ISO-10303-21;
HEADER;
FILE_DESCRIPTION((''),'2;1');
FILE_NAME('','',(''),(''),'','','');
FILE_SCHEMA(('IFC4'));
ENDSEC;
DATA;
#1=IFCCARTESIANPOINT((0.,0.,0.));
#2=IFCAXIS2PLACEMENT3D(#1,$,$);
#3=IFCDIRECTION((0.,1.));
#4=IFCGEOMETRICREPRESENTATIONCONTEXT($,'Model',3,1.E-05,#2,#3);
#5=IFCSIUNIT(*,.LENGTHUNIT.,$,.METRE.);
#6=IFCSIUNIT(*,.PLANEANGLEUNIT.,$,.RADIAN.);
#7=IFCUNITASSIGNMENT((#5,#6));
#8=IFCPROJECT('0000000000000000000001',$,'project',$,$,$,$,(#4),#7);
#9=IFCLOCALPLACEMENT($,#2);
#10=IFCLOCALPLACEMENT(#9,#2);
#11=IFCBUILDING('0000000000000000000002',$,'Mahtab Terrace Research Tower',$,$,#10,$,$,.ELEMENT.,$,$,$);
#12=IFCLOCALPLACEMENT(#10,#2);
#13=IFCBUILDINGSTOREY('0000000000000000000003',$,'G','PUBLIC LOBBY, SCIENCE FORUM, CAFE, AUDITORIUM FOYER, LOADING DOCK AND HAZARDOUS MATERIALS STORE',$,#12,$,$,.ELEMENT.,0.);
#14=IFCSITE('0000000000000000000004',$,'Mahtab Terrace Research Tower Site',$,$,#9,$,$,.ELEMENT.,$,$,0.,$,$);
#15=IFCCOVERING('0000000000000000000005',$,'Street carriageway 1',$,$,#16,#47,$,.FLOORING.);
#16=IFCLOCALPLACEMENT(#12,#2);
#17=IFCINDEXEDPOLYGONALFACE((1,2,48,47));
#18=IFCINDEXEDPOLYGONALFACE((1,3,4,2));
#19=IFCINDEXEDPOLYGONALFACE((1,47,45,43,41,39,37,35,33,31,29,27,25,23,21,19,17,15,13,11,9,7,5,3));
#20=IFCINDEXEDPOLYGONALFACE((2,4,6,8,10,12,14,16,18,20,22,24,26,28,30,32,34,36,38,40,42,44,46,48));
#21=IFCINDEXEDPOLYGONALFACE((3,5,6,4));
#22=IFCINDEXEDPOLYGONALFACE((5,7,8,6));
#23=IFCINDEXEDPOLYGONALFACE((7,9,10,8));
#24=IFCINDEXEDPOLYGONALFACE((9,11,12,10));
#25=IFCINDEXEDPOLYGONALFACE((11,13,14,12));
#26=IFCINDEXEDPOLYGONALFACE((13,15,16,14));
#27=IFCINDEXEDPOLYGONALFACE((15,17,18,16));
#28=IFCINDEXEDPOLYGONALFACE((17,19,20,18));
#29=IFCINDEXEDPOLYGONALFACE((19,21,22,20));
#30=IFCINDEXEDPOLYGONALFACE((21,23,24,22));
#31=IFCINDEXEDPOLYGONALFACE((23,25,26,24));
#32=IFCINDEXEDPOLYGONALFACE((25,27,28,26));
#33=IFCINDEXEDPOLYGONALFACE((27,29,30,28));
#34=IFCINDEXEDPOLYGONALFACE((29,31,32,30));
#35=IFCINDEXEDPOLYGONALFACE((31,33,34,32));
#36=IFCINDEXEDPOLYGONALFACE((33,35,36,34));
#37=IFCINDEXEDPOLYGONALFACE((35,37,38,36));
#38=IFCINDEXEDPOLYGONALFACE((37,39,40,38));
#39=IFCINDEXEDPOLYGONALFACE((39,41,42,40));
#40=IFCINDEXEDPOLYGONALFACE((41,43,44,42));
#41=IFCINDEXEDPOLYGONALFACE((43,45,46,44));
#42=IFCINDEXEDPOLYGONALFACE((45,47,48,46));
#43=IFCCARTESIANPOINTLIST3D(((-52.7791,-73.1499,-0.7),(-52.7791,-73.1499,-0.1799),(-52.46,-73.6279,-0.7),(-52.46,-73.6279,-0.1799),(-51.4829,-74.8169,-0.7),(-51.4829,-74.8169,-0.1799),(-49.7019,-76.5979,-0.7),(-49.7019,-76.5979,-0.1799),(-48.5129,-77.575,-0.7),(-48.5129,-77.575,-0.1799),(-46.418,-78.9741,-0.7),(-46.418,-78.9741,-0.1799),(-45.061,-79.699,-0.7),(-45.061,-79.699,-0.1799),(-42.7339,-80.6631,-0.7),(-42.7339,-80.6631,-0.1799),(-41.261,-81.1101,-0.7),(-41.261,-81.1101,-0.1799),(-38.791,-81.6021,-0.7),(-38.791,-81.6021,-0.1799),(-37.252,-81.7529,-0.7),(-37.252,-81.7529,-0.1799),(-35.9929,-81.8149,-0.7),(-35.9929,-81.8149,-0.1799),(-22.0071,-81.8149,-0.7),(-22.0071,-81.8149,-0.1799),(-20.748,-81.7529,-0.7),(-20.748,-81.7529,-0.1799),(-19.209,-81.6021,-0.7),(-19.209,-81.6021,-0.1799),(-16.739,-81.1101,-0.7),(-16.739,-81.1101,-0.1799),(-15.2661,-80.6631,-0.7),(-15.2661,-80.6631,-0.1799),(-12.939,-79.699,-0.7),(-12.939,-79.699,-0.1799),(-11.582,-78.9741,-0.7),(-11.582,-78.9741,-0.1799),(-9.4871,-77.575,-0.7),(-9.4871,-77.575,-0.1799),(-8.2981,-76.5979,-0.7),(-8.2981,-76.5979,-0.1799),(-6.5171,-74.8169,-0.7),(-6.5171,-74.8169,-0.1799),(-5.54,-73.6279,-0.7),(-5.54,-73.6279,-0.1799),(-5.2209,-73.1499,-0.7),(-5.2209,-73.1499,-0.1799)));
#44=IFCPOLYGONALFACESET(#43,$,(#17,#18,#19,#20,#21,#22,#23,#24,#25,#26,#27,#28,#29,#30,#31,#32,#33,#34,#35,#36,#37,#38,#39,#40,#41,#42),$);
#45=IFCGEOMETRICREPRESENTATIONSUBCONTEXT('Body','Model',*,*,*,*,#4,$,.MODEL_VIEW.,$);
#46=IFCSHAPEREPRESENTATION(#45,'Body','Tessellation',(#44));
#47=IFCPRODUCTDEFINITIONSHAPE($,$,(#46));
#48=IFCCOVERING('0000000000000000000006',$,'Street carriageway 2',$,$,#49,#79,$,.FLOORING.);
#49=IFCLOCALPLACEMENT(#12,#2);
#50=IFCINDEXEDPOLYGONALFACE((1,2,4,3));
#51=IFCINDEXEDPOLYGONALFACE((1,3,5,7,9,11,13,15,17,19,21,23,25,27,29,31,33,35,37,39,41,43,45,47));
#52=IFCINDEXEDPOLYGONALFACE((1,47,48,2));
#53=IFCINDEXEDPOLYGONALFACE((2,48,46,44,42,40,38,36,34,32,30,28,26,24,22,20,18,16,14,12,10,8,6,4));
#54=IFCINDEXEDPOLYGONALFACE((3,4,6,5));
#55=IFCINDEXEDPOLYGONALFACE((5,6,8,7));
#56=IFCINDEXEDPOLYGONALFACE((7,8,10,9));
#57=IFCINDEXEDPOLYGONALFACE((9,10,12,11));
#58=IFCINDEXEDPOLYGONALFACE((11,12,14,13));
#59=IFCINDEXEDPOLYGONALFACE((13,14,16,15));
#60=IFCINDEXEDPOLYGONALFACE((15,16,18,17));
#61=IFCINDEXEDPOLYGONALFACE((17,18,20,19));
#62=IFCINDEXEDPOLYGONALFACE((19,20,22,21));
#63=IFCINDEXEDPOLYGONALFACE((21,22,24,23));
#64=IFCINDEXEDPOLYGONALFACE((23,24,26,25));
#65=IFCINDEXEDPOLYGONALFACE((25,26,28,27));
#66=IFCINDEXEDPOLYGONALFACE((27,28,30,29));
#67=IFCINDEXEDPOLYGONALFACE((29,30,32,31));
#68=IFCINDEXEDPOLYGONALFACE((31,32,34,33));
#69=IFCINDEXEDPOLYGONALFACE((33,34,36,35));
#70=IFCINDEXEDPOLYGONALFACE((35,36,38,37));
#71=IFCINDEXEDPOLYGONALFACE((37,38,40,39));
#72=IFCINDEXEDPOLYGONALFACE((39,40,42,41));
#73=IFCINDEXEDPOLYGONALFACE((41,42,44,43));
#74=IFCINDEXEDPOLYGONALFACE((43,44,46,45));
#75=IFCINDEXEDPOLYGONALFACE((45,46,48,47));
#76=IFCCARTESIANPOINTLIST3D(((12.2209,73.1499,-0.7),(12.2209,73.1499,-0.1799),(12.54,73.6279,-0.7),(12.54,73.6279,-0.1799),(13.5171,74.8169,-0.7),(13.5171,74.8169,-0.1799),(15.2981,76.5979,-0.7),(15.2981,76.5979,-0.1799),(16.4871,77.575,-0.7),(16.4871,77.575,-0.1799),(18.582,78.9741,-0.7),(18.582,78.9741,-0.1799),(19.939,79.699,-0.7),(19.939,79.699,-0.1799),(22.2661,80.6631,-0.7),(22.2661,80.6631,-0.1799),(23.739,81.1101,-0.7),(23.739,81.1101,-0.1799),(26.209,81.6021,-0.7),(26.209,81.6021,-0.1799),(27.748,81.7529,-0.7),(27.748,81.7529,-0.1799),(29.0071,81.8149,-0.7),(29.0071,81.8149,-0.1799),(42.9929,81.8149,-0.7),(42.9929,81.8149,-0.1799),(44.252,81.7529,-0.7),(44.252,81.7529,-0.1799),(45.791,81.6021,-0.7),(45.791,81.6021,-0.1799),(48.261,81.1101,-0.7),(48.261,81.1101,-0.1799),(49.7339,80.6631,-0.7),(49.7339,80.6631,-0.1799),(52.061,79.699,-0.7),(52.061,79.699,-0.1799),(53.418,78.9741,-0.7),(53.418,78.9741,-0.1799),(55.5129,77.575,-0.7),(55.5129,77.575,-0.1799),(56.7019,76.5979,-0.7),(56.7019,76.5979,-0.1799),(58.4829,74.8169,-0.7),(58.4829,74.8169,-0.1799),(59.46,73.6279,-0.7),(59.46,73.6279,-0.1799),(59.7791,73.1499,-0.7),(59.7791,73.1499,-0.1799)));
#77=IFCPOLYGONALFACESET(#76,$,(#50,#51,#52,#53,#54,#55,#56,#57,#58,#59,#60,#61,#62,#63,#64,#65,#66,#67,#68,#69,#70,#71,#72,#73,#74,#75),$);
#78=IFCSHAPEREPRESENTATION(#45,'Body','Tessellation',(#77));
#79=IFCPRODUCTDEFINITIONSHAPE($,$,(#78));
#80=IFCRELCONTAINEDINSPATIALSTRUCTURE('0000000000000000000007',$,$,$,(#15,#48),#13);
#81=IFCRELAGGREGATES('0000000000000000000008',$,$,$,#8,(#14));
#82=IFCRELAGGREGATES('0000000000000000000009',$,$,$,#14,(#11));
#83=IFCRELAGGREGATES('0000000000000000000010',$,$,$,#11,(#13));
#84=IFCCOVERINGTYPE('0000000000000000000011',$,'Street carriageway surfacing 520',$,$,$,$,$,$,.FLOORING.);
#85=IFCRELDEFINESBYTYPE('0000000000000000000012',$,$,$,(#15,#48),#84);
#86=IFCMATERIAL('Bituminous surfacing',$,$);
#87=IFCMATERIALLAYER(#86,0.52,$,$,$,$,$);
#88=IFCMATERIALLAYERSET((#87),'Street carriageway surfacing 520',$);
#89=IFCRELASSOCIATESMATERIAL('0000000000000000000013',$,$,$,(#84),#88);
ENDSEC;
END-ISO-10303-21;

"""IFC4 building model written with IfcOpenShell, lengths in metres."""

from ifc_helpers import new_model, si_unit, direction, frame, origin, place, context, subcontext, project, spatial, polyline, outline, extrude, material, layer, layer_set, type_object, element, save


model = new_model("IFC4")

# Units and contexts
model_context = context("Model", 3, precision=1e-05, world=origin(), true_north=direction((0.0, 1.0)))
body_context = subcontext(model_context, "Body", "Model", "MODEL_VIEW")
ifc_project = project(units=[si_unit("LENGTHUNIT", "METRE"), si_unit("PLANEANGLEUNIT", "RADIAN")], contexts=[model_context])

# Site, building, storey
site_placement = place(None, origin())
site = spatial("IfcSite", under=ifc_project, at=site_placement, Name="Mahtab Terrace Research Tower Site", CompositionType="ELEMENT", RefElevation=0.0)
building_placement = place(site_placement, origin())
building = spatial("IfcBuilding", under=site, at=building_placement, Name="Mahtab Terrace Research Tower", CompositionType="ELEMENT")
storey_placement = place(building_placement, origin())
storey = spatial("IfcBuildingStorey", under=building, at=storey_placement, Name="G", Description="PUBLIC LOBBY, SCIENCE FORUM, CAFE, AUDITORIUM FOYER, LOADING DOCK AND HAZARDOUS MATERIALS STORE", CompositionType="ELEMENT", Elevation=0.0)

# Coverings
ifc_material_1 = material(Name="Bituminous surfacing")
ifc_layer_1 = layer(ifc_material_1, 0.52)
ifc_layer_set_1 = layer_set([ifc_layer_1], Name="Street carriageway surfacing 520")
covering_type_1 = type_object("IfcCoveringType", Name="Street carriageway surfacing 520", PredefinedType="FLOORING", material=ifc_layer_set_1)
covering_1_placement = place(storey_placement, frame((0.0, 0.0, -0.7)))
element("IfcCovering", 1, at=covering_1_placement, inside=storey, type_object=covering_type_1, Name="Street carriageway 1", PredefinedType="FLOORING", context=body_context, shape_type="SweptSolid", body=[
    extrude(outline(polyline([(-52.7791, -73.1499), (-5.2209, -73.1499), (-5.54, -73.6279), (-6.5171, -74.8169), (-8.2981, -76.5979), (-9.4871, -77.575), (-11.582, -78.9741), (-12.939, -79.699), (-15.2661, -80.6631), (-16.739, -81.1101), (-19.209, -81.6021), (-20.748, -81.7529), (-22.0071, -81.8149), (-35.9929, -81.8149), (-37.252, -81.7529), (-38.791, -81.6021), (-41.261, -81.1101), (-42.7339, -80.6631), (-45.061, -79.699), (-46.418, -78.9741), (-48.5129, -77.575), (-49.7019, -76.5979), (-51.4829, -74.8169), (-52.46, -73.6279), (-52.7791, -73.1499)])), origin(), (0.0, 0.0, 1.0), 0.52),
])
covering_2_placement = place(storey_placement, frame((0.0, 0.0, -0.7)))
element("IfcCovering", 2, at=covering_2_placement, inside=storey, type_object=covering_type_1, Name="Street carriageway 2", PredefinedType="FLOORING", context=body_context, shape_type="SweptSolid", body=[
    extrude(outline(polyline([(58.4829, 74.8169), (59.46, 73.6279), (59.7791, 73.1499), (12.2209, 73.1499), (12.54, 73.6279), (13.5171, 74.8169), (15.2981, 76.5979), (16.4871, 77.575), (18.582, 78.9741), (19.939, 79.699), (22.2661, 80.6631), (23.739, 81.1101), (26.209, 81.6021), (27.748, 81.7529), (29.0071, 81.8149), (42.9929, 81.8149), (44.252, 81.7529), (45.791, 81.6021), (48.261, 81.1101), (49.7339, 80.6631), (52.061, 79.699), (53.418, 78.9741), (55.5129, 77.575), (56.7019, 76.5979), (58.4829, 74.8169)])), origin(), (0.0, 0.0, 1.0), 0.52),
])

save(model, "model.ifc")
